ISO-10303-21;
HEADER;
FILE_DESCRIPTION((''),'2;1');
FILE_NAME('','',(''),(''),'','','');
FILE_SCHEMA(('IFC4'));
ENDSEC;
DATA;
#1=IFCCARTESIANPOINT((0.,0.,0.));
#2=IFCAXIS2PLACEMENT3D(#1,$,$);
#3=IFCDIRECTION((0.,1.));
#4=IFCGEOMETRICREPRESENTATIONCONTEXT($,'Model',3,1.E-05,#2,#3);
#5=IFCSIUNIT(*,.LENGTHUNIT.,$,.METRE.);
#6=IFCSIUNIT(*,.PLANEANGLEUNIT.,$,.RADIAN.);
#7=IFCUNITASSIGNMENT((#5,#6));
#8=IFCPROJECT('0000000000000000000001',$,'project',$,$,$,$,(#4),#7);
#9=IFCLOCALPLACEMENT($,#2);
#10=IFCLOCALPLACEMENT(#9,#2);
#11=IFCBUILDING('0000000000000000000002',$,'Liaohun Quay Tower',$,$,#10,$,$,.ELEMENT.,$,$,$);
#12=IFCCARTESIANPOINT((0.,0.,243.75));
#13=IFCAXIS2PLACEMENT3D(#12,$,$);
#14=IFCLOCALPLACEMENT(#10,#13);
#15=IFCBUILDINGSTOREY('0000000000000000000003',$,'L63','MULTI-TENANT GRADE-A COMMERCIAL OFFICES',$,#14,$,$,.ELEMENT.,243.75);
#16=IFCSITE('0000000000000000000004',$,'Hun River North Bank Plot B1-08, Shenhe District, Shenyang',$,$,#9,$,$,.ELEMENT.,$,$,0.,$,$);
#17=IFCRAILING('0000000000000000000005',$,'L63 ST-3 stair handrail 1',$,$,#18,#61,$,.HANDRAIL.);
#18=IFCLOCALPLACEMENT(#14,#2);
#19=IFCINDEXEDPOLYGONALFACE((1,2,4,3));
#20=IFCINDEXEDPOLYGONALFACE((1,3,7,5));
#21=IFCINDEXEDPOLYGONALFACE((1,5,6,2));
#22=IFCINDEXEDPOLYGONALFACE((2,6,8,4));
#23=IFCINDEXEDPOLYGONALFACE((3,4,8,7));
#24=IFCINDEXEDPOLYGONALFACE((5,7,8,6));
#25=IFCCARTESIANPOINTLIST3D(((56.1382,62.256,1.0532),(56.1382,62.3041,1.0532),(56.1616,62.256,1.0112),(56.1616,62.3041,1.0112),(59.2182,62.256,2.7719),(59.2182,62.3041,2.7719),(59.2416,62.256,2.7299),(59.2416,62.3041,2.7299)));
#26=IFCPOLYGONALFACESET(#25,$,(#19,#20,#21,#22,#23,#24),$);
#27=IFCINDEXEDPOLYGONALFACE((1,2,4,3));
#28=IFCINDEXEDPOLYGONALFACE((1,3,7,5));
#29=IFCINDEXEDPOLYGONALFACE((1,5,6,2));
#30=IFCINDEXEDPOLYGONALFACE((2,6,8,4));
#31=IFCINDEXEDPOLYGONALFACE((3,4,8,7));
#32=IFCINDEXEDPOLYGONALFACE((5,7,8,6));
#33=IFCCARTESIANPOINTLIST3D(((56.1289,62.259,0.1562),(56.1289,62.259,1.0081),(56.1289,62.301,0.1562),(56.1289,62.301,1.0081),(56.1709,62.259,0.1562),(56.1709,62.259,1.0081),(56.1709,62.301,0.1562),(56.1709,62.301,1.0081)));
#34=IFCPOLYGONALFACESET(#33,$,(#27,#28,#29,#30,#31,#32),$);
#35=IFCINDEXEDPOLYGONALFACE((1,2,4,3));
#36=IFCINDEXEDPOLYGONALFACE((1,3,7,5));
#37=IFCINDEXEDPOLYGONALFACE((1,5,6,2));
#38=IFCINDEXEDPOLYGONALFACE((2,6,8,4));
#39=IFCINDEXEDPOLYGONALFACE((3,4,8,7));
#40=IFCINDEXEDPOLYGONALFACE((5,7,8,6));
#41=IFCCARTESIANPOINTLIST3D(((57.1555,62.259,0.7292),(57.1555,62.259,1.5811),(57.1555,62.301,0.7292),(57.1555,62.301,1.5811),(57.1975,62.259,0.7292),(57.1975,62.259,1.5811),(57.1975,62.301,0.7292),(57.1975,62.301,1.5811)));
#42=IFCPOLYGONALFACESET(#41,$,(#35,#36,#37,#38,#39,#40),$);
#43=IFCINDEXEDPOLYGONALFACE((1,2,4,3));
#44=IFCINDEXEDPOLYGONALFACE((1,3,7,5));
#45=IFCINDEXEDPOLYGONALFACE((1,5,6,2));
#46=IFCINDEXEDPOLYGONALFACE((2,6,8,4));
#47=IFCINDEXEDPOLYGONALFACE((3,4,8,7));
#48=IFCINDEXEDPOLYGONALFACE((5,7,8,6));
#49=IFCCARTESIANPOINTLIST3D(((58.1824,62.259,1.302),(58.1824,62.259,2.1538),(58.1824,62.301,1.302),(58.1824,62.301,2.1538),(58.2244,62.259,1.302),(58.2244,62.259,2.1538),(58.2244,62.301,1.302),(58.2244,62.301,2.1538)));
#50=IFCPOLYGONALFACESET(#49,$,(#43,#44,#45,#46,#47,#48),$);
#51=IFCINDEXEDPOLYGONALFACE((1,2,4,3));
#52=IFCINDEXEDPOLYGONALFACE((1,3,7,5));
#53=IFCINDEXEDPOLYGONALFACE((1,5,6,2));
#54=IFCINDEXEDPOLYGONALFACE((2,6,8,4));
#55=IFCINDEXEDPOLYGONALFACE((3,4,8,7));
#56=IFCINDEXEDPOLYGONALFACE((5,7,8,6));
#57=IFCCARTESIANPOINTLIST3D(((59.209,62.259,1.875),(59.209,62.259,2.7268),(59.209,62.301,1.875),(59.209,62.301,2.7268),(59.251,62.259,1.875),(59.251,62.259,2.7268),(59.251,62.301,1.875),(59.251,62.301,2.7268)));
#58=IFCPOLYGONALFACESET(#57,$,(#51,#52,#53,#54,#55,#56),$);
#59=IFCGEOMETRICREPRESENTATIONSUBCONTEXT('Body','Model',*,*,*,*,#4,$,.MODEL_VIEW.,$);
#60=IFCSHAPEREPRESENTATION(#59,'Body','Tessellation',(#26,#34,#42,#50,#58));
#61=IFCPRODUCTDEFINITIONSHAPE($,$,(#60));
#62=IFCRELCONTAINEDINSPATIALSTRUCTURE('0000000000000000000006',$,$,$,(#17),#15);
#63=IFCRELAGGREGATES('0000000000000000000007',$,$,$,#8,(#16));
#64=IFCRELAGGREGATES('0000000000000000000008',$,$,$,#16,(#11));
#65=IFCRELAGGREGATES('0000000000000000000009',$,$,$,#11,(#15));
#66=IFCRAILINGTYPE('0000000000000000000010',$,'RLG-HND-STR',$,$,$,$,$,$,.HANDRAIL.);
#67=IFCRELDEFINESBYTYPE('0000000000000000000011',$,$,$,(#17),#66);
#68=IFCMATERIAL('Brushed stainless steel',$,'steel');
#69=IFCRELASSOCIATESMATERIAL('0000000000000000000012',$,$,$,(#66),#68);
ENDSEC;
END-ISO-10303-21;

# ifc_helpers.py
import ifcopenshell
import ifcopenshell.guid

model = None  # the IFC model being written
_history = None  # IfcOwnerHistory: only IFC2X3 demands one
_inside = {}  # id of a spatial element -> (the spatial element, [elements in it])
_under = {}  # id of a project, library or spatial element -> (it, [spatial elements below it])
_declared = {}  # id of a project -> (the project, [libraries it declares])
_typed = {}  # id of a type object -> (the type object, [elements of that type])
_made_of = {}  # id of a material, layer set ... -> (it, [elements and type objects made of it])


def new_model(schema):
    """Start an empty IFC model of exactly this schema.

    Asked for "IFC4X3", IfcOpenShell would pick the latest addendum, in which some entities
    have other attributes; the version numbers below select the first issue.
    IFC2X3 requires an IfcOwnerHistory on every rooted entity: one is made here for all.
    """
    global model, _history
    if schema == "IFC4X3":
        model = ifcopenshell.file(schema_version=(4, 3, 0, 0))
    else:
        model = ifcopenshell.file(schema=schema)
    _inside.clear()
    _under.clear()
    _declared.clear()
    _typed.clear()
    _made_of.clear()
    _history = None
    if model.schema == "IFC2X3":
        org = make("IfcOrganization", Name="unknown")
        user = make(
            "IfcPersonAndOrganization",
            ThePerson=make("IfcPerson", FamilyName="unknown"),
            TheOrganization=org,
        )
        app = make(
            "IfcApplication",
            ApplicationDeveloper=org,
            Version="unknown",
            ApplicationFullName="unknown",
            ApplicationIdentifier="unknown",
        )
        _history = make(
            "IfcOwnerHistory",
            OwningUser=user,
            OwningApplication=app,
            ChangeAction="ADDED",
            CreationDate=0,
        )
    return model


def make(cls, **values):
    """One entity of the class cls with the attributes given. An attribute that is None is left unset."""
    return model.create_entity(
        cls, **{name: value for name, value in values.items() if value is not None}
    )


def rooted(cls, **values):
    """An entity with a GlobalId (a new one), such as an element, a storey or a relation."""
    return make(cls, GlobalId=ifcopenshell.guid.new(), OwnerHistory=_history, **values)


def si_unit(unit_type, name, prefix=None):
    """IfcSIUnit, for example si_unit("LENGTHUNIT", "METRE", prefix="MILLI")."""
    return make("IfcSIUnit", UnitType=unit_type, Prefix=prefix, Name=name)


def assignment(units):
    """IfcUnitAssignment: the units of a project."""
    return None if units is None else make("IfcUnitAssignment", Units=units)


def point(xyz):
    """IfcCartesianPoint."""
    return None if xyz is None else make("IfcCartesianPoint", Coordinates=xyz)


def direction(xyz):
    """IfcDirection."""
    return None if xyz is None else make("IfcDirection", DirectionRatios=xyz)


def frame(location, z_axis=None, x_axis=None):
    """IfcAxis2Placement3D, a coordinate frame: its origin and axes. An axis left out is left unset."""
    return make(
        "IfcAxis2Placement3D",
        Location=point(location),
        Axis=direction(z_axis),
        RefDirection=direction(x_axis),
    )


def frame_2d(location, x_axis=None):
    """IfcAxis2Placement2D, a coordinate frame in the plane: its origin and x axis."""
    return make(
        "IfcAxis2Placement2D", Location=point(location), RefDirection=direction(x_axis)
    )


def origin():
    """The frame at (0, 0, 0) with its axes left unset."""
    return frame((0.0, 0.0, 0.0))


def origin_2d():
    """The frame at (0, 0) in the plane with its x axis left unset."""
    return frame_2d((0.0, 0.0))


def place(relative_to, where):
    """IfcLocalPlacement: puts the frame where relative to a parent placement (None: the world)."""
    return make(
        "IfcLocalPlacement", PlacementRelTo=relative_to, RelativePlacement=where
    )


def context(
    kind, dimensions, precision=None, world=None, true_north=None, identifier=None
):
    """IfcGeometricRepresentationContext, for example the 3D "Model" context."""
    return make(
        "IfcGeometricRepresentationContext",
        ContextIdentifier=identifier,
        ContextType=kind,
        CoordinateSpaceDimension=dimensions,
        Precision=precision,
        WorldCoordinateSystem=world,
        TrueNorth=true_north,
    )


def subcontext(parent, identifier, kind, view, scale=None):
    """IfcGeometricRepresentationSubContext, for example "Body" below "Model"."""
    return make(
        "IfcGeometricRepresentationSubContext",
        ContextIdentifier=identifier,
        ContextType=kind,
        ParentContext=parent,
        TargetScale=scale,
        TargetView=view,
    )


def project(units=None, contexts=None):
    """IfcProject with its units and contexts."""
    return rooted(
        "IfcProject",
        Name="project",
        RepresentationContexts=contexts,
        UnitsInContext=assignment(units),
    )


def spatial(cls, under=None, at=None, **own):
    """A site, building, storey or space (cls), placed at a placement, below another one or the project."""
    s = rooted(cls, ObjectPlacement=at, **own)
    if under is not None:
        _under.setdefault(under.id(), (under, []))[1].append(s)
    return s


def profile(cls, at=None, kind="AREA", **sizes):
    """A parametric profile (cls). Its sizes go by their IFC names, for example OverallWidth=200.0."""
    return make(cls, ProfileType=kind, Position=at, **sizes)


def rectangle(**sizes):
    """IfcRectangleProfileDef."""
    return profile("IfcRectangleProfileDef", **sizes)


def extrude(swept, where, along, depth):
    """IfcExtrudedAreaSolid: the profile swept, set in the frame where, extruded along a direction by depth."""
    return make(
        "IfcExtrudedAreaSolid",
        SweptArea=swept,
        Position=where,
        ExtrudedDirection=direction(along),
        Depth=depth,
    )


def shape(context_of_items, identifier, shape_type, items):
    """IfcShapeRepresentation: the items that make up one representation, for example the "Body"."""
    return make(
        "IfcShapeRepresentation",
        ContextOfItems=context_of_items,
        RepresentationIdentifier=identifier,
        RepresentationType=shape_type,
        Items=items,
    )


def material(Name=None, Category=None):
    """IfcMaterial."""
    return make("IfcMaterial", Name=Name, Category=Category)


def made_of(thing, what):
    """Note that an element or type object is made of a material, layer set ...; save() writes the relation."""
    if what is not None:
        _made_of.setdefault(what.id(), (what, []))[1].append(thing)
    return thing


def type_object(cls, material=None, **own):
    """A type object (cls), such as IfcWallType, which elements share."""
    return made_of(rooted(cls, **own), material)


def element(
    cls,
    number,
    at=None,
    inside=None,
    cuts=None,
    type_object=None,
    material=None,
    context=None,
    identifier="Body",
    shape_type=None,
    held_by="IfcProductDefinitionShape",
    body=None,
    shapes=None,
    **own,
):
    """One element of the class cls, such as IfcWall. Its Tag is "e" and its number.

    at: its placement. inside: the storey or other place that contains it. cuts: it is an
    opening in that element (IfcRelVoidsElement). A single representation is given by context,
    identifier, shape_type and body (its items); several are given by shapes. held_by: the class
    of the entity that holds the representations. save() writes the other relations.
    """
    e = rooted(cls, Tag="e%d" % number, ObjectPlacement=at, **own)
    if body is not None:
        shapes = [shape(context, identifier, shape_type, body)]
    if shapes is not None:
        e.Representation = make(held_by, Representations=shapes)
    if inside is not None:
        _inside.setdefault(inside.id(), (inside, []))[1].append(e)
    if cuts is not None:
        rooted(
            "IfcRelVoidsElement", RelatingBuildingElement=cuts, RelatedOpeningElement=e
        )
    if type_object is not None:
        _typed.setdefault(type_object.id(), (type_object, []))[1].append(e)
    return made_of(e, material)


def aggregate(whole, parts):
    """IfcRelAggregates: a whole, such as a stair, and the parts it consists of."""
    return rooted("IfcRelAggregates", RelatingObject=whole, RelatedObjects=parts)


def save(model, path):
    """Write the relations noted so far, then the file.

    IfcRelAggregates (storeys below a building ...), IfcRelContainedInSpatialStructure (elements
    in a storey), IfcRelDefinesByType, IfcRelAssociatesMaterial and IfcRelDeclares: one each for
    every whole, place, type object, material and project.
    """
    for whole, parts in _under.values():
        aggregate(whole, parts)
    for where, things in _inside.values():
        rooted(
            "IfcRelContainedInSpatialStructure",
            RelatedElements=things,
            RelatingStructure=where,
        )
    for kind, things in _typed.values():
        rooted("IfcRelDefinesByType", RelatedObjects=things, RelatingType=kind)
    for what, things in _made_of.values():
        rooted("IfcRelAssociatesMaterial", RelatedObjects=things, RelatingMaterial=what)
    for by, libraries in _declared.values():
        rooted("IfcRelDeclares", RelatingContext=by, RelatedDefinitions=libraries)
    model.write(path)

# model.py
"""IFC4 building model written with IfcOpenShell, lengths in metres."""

from ifc_helpers import new_model, si_unit, direction, frame, origin, origin_2d, place, context, subcontext, project, spatial, rectangle, extrude, material, type_object, element, save


model = new_model("IFC4")

# Units and contexts
model_context = context("Model", 3, precision=1e-05, world=origin(), true_north=direction((0.0, 1.0)))
body_context = subcontext(model_context, "Body", "Model", "MODEL_VIEW")
ifc_project = project(units=[si_unit("LENGTHUNIT", "METRE"), si_unit("PLANEANGLEUNIT", "RADIAN")], contexts=[model_context])

# Site, building, storey
site_placement = place(None, origin())
site = spatial("IfcSite", under=ifc_project, at=site_placement, Name="Hun River North Bank Plot B1-08, Shenhe District, Shenyang", CompositionType="ELEMENT", RefElevation=0.0)
building_placement = place(site_placement, origin())
building = spatial("IfcBuilding", under=site, at=building_placement, Name="Liaohun Quay Tower", CompositionType="ELEMENT")
storey_placement = place(building_placement, frame((0.0, 0.0, 243.75)))
storey = spatial("IfcBuildingStorey", under=building, at=storey_placement, Name="L63", Description="MULTI-TENANT GRADE-A COMMERCIAL OFFICES", CompositionType="ELEMENT", Elevation=243.75)

# Railing
ifc_material_1 = material(Name="Brushed stainless steel", Category="steel")
railing_type_1 = type_object("IfcRailingType", Name="RLG-HND-STR", PredefinedType="HANDRAIL", material=ifc_material_1)
railing_1_placement = place(storey_placement, frame((56.1499, 62.28, 0.1562)))
element("IfcRailing", 1, at=railing_1_placement, inside=storey, type_object=railing_type_1, Name="L63 ST-3 stair handrail 1", PredefinedType="HANDRAIL", context=body_context, shape_type="SweptSolid", body=[
    extrude(rectangle(XDim=0.0481, YDim=0.0481, at=origin_2d()), frame((0.0, 0.0, 0.876), z_axis=(0.873242, 0.0, 0.487288), x_axis=(0.0, 1.0, 0.0)), (0.0, 0.0, 1.0), 3.5271),
    extrude(rectangle(XDim=0.042, YDim=0.042, at=origin_2d()), origin(), (0.0, 0.0, 1.0), 0.8518),
    extrude(rectangle(XDim=0.042, YDim=0.042, at=origin_2d()), frame((1.0266, 0.0, 0.573)), (0.0, 0.0, 1.0), 0.8518),
    extrude(rectangle(XDim=0.042, YDim=0.042, at=origin_2d()), frame((2.0535, 0.0, 1.1458)), (0.0, 0.0, 1.0), 0.8518),
    extrude(rectangle(XDim=0.042, YDim=0.042, at=origin_2d()), frame((3.0801, 0.0, 1.7188)), (0.0, 0.0, 1.0), 0.8518),
])

save(model, "model.ifc")
